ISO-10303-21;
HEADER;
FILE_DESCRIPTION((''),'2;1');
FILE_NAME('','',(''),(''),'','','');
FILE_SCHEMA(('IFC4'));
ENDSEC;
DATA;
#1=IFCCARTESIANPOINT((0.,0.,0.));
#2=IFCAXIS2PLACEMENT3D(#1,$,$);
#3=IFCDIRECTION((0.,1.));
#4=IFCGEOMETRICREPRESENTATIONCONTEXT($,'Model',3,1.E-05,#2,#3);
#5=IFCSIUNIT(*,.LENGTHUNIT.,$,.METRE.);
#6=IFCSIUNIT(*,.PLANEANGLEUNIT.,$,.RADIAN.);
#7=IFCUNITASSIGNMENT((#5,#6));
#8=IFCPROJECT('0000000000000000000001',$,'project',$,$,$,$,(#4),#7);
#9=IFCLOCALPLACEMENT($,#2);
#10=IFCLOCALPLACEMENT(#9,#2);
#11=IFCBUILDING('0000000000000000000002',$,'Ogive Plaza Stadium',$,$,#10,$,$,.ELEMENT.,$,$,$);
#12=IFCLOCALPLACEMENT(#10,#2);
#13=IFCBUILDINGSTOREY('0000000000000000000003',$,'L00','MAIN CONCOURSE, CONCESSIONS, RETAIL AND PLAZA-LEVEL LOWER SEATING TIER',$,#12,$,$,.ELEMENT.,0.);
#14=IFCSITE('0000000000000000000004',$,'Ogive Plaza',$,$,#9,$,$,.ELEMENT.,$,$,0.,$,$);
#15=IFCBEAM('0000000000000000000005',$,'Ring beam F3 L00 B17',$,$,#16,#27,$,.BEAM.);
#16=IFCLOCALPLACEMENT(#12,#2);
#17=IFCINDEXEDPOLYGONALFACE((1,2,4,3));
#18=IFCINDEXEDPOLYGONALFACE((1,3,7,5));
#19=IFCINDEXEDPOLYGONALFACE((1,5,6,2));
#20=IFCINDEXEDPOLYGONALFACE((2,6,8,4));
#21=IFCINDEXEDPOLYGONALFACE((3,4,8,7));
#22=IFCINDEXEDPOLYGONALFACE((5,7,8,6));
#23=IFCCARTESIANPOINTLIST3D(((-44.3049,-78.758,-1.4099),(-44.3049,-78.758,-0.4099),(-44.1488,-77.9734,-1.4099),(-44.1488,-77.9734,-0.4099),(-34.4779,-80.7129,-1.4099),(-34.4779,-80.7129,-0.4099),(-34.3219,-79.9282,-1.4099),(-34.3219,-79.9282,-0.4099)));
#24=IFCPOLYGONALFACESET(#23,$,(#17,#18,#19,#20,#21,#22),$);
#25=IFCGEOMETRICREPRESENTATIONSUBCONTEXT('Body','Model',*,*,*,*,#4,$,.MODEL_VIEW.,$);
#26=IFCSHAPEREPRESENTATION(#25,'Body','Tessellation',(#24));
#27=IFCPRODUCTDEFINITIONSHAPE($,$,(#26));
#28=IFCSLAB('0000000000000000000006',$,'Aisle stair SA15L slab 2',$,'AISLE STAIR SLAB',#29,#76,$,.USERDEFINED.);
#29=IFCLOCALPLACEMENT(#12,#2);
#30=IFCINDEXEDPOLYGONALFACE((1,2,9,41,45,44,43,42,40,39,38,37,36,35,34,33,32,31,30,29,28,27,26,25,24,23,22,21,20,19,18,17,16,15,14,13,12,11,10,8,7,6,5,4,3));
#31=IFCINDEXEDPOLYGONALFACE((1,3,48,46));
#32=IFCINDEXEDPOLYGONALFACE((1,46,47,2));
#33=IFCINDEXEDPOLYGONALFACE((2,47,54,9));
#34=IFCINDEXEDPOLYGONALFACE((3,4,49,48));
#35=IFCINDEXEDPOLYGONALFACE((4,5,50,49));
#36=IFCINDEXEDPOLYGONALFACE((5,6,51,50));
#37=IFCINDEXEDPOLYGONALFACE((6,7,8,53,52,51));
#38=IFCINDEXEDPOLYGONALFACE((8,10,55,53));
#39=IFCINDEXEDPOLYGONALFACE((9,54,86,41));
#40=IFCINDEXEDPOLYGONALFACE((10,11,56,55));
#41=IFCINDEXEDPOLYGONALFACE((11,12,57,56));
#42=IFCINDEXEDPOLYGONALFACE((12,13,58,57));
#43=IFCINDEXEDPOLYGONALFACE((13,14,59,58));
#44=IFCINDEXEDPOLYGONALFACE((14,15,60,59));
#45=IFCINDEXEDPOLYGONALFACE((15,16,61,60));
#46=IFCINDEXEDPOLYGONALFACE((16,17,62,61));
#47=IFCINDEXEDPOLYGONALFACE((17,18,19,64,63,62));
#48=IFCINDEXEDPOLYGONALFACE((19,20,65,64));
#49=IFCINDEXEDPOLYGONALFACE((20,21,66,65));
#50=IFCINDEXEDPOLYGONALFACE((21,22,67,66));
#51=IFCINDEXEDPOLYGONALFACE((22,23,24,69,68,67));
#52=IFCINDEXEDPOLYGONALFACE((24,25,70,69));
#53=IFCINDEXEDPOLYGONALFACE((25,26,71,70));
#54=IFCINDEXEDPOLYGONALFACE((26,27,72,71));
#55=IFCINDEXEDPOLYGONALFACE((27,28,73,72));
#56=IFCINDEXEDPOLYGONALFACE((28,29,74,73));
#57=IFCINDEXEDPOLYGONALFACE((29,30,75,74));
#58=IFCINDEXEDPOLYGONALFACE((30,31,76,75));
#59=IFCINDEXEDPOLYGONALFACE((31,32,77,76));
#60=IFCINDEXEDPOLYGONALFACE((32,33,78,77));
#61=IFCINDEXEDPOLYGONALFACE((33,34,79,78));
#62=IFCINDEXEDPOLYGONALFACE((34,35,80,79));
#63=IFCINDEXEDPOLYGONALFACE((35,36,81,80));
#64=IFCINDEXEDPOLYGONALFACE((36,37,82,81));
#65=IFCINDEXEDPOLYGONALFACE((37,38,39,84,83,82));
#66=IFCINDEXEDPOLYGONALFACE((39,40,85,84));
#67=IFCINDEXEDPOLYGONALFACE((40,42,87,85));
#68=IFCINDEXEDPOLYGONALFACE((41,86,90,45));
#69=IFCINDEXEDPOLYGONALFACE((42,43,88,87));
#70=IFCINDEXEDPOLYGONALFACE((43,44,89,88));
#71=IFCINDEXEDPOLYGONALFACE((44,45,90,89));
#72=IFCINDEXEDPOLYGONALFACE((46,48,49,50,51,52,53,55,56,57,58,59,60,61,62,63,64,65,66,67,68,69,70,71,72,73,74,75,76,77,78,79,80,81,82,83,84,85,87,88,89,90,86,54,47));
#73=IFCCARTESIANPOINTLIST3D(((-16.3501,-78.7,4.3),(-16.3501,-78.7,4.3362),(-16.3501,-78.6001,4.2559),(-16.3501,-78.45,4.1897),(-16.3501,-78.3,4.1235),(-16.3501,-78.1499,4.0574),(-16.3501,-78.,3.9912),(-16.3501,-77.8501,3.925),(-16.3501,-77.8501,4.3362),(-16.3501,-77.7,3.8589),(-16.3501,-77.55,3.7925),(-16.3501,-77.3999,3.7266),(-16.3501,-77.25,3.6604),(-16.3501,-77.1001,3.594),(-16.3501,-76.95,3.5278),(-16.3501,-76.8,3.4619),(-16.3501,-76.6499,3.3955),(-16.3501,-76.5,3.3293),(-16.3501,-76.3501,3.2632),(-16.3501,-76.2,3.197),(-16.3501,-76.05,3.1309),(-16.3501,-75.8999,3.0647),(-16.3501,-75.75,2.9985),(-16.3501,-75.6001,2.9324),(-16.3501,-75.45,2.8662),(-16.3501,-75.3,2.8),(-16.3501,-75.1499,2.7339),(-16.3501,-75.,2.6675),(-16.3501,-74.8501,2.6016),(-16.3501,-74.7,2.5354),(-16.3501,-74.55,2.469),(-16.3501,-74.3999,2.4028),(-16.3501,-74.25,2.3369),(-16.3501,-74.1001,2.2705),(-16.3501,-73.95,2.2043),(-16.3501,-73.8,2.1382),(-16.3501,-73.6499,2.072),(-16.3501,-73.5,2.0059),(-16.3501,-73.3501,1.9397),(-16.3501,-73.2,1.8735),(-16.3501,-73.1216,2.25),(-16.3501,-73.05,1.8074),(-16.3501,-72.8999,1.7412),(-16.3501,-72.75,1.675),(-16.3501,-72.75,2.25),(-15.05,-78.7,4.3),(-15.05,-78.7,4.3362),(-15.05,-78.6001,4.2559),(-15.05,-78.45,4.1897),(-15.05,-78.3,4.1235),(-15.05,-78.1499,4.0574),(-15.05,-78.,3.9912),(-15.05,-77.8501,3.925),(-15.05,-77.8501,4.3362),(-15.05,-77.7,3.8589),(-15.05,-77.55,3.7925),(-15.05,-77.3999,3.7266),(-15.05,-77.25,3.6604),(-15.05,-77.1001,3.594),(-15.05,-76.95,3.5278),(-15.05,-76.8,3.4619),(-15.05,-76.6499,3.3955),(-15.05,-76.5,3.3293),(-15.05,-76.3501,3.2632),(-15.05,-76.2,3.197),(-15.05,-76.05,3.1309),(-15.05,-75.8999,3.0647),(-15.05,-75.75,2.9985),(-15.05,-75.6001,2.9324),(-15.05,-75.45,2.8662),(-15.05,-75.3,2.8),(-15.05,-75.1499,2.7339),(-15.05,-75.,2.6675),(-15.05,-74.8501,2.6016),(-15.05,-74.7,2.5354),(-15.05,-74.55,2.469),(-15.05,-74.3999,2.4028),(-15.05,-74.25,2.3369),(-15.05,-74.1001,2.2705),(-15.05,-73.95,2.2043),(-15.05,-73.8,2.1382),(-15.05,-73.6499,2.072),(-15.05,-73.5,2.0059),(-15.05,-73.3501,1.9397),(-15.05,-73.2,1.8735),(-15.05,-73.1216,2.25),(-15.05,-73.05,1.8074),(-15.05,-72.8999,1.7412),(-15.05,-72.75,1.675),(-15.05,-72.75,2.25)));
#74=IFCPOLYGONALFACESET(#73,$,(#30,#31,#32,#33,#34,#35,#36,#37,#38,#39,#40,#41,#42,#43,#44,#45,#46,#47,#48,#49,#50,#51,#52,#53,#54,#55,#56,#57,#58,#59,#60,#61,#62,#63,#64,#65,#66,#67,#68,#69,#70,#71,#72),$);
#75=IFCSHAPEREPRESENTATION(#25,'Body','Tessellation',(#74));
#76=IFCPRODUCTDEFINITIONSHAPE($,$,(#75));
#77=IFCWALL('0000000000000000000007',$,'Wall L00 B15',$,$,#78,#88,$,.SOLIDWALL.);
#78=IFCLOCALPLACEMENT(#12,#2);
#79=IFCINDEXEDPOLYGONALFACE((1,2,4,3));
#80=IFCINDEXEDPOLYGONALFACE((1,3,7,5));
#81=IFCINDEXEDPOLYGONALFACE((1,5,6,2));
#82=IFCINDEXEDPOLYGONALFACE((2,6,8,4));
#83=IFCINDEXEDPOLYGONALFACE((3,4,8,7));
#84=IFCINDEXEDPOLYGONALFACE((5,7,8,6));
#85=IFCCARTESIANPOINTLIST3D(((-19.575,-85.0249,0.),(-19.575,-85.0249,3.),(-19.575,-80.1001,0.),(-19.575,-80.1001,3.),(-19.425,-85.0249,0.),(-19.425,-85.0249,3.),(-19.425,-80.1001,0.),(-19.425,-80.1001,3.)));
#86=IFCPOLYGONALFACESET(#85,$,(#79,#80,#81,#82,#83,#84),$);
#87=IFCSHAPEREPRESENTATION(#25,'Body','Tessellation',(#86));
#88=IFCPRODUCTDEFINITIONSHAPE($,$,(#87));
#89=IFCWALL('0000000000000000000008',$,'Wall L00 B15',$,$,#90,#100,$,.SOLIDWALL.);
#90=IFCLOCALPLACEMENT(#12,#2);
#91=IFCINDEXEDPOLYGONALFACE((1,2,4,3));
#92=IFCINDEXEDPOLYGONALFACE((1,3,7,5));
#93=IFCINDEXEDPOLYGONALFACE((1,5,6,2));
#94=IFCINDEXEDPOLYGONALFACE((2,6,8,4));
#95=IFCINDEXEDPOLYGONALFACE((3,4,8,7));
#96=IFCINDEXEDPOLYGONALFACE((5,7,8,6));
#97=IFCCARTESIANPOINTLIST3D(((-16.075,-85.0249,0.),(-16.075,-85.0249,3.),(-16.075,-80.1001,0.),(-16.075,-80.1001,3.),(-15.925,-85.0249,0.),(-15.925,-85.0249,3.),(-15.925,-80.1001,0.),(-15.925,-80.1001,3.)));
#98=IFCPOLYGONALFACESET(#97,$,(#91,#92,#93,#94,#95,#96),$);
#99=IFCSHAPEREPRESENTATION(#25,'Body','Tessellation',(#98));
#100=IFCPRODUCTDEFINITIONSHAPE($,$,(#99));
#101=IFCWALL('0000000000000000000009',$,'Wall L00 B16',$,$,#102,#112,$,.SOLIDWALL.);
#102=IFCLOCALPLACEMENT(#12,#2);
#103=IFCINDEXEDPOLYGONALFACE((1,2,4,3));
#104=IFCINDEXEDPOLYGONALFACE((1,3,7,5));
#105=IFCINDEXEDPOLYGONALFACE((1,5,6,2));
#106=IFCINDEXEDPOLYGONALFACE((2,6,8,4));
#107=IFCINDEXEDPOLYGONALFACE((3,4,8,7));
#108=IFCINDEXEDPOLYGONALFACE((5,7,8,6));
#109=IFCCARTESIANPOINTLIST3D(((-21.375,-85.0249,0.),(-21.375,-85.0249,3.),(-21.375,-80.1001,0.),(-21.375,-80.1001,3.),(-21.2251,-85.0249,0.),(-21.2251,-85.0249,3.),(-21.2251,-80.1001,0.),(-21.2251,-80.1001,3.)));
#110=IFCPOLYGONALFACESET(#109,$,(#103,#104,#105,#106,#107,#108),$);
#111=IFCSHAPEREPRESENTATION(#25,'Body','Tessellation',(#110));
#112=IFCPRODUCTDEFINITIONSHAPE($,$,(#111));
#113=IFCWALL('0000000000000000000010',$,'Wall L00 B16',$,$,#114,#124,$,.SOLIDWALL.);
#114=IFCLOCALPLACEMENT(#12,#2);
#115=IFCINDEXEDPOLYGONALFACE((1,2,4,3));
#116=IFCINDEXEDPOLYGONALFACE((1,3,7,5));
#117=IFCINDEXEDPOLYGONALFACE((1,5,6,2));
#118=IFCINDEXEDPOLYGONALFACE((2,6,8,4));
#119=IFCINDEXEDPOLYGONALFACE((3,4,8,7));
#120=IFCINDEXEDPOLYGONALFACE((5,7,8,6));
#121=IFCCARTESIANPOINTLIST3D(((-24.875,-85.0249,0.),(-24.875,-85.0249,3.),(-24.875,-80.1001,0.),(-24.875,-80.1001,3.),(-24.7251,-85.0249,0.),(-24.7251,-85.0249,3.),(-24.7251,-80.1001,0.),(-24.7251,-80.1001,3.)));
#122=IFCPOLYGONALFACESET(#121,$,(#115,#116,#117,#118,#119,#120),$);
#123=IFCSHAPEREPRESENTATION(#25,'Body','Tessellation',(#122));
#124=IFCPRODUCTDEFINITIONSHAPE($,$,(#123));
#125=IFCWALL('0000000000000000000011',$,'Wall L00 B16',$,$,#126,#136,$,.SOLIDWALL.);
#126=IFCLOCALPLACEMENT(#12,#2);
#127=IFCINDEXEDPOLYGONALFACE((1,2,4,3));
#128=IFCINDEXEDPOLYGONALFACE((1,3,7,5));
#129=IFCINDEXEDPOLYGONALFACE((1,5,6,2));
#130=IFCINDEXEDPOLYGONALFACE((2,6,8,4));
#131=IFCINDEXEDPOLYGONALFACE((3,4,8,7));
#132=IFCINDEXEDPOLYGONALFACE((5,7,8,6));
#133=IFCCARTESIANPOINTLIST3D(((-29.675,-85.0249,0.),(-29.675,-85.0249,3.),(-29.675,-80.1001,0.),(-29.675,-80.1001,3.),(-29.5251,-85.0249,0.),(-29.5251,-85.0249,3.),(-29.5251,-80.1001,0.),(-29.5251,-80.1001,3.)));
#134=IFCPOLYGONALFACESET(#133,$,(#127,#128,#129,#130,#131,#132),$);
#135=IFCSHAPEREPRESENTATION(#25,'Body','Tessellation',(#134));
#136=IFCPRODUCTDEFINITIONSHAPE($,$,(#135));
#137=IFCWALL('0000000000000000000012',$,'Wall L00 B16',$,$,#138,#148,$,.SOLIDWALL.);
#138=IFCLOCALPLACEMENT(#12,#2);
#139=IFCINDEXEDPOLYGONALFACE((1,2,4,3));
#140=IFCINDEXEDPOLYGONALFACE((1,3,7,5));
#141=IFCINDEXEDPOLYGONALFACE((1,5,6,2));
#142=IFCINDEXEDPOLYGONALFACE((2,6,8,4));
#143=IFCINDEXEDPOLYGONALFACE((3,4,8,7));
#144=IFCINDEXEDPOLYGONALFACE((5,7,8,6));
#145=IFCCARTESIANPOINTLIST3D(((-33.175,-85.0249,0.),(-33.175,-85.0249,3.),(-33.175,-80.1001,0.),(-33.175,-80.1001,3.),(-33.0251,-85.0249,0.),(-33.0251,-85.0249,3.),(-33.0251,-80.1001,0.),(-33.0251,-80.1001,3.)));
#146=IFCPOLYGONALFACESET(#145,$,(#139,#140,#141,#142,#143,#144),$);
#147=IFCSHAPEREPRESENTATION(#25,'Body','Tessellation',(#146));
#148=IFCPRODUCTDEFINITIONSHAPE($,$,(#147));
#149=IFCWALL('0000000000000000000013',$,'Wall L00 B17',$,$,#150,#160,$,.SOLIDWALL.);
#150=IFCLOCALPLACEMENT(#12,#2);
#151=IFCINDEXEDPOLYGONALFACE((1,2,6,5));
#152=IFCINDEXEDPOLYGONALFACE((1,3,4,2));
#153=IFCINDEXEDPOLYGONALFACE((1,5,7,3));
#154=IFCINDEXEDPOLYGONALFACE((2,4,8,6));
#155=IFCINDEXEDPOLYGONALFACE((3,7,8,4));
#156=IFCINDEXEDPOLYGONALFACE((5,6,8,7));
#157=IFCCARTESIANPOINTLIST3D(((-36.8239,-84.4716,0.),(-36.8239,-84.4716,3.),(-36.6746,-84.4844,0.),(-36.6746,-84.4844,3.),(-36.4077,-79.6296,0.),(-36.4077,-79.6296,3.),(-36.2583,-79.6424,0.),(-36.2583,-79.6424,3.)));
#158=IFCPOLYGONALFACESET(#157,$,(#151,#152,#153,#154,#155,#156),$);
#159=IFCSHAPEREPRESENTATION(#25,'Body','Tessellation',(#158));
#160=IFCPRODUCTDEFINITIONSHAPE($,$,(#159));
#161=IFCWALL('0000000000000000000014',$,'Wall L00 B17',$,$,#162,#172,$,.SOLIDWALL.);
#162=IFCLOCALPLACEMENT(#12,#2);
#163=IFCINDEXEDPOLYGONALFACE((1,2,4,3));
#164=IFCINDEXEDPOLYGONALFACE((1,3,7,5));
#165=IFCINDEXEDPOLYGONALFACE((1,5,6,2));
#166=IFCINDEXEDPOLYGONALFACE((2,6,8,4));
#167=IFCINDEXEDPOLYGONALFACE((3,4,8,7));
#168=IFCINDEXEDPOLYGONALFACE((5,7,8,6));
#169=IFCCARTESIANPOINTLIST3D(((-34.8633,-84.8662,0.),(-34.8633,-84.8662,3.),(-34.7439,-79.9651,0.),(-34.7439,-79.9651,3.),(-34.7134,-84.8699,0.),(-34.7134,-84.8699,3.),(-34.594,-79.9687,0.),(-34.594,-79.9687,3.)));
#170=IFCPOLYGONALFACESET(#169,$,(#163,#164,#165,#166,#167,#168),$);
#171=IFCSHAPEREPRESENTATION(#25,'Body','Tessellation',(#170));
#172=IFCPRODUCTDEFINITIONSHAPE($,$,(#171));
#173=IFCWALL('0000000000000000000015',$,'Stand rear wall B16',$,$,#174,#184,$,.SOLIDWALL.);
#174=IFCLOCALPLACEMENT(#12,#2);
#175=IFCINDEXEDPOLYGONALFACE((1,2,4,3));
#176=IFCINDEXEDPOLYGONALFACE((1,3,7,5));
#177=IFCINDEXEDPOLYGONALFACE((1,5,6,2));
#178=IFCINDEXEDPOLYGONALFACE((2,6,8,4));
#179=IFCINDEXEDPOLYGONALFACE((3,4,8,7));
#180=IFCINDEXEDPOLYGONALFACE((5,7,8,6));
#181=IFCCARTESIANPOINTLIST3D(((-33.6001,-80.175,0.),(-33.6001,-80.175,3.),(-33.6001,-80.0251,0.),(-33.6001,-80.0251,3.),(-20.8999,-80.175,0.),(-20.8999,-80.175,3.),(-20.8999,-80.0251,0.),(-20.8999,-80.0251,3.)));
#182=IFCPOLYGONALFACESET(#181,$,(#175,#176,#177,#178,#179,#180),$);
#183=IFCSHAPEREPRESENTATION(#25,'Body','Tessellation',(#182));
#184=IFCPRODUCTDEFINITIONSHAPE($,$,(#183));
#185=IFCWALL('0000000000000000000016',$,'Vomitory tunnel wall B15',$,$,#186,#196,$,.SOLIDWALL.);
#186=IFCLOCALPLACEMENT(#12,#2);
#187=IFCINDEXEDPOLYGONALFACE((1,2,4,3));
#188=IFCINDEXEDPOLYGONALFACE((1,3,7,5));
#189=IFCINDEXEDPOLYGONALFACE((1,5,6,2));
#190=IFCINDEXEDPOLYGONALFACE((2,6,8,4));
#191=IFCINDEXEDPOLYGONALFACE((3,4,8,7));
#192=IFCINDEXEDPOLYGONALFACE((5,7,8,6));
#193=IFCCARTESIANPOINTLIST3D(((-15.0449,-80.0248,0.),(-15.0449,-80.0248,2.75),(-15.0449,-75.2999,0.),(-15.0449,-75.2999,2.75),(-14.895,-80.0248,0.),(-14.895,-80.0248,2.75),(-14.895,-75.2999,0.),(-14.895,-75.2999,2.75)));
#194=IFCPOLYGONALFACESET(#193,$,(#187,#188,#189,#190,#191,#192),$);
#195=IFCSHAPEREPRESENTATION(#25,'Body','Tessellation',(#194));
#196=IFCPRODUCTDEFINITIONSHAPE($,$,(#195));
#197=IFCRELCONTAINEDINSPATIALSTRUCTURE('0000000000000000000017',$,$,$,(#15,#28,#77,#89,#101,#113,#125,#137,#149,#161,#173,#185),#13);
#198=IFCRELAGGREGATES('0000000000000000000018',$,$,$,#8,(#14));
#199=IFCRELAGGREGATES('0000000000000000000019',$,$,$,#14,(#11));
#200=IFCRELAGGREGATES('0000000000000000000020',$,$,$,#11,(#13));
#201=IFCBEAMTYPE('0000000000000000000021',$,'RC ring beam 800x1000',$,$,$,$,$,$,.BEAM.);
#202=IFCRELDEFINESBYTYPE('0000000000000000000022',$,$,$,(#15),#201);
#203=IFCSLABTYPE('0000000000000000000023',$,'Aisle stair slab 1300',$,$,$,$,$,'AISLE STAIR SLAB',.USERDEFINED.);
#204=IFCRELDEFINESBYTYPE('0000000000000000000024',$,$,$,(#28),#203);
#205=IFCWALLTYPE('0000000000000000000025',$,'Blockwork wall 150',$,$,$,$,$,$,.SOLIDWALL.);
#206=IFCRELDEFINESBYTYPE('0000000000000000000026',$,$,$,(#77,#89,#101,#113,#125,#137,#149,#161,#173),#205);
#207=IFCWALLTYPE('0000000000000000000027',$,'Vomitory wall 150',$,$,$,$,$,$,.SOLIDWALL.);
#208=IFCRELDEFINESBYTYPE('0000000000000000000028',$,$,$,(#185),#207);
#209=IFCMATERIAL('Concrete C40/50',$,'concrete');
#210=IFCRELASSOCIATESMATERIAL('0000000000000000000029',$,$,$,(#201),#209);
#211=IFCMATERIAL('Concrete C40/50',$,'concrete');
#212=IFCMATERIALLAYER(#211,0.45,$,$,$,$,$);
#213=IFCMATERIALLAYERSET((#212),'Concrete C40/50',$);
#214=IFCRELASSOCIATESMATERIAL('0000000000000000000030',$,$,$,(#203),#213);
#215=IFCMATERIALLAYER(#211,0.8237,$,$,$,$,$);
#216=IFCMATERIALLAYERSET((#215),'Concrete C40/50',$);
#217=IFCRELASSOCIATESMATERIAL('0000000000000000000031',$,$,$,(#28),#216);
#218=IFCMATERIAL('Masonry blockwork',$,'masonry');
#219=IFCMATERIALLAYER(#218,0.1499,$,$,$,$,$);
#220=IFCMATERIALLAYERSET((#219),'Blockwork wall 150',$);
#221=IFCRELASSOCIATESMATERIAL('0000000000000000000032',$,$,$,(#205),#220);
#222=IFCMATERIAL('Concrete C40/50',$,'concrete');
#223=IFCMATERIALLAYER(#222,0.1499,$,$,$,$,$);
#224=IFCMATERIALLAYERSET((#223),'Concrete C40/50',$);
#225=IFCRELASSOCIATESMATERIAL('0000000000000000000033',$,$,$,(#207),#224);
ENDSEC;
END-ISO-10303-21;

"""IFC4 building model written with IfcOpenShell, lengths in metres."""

from ifc_helpers import new_model, si_unit, direction, frame, frame_2d, origin, origin_2d, place, context, subcontext, project, spatial, polyline, rectangle, outline, extrude, material, layer, layer_set, material_profile, profile_set, type_object, element, save


model = new_model("IFC4")

# Units and contexts
model_context = context("Model", 3, precision=1e-05, world=origin(), true_north=direction((0.0, 1.0)))
body_context = subcontext(model_context, "Body", "Model", "MODEL_VIEW")
ifc_project = project(units=[si_unit("LENGTHUNIT", "METRE"), si_unit("PLANEANGLEUNIT", "RADIAN")], contexts=[model_context])

# Site, building, storey
site_placement = place(None, origin())
site = spatial("IfcSite", under=ifc_project, at=site_placement, Name="Ogive Plaza", CompositionType="ELEMENT", RefElevation=0.0)
building_placement = place(site_placement, origin())
building = spatial("IfcBuilding", under=site, at=building_placement, Name="Ogive Plaza Stadium", CompositionType="ELEMENT")
storey_placement = place(building_placement, origin())
storey = spatial("IfcBuildingStorey", under=building, at=storey_placement, Name="L00", Description="MAIN CONCOURSE, CONCESSIONS, RETAIL AND PLAZA-LEVEL LOWER SEATING TIER", CompositionType="ELEMENT", Elevation=0.0)

# Beam
ifc_material_1 = material(Name="Concrete C40/50", Category="concrete")
ifc_material_profile = material_profile(ifc_material_1, rectangle(XDim=0.8, YDim=1.0, at=origin_2d()), Name="RC 800x1000")
ifc_profile_set = profile_set([ifc_material_profile], Name="Concrete C40/50")
beam_type = type_object("IfcBeamType", Name="RC ring beam 800x1000", PredefinedType="BEAM", material=ifc_profile_set)
beam_placement = place(storey_placement, frame((-34.3999, -80.3206, -0.9099), z_axis=(-0.980783, 0.195104, 0.0), x_axis=(-0.195104, -0.980783, 0.0)))
element("IfcBeam", 1, at=beam_placement, inside=storey, type_object=beam_type, Name="Ring beam F3 L00 B17", PredefinedType="BEAM", context=body_context, shape_type="SweptSolid", body=[
    extrude(rectangle(XDim=0.8, YDim=1.0, at=origin_2d()), origin(), (0.0, 0.0, 1.0), 10.0195),
])

# Slab
ifc_material_2 = material(Name="Concrete C40/50", Category="concrete")
ifc_layer_1 = layer(ifc_material_2, 0.8237)
ifc_layer_set_1 = layer_set([ifc_layer_1], Name="Concrete C40/50")
ifc_layer_2 = layer(ifc_material_2, 0.45)
ifc_layer_set_2 = layer_set([ifc_layer_2], Name="Concrete C40/50")
slab_type = type_object("IfcSlabType", Name="Aisle stair slab 1300", ElementType="AISLE STAIR SLAB", PredefinedType="USERDEFINED", material=ifc_layer_set_2)
slab_1_placement = place(storey_placement, frame((-15.7, -72.75, 0.0), z_axis=(0.0, 0.0, 1.0), x_axis=(0.0, -1.0, 0.0)))
element("IfcSlab", 2, at=slab_1_placement, inside=storey, type_object=slab_type, material=ifc_layer_set_1, Name="Aisle stair SA15L slab 2", ObjectType="AISLE STAIR SLAB", PredefinedType="USERDEFINED", context=body_context, shape_type="SweptSolid", body=[
    extrude(outline(polyline([(0.0, 2.25), (0.3716, 2.25), (5.1001, 4.3362), (5.95, 4.3362), (5.95, 4.3), (5.8501, 4.2559), (5.7, 4.1897), (5.55, 4.1235), (5.3999, 4.0574), (5.25, 3.9912), (5.1001, 3.925), (4.95, 3.8589), (4.8, 3.7925), (4.6499, 3.7266), (4.5, 3.6604), (4.3501, 3.594), (4.2, 3.5278), (4.05, 3.4619), (3.8999, 3.3955), (3.75, 3.3293), (3.6001, 3.2632), (3.45, 3.197), (3.3, 3.1309), (3.1499, 3.0647), (3.0, 2.9985), (2.8501, 2.9324), (2.7, 2.8662), (2.55, 2.8), (2.3999, 2.7339), (2.25, 2.6675), (2.1001, 2.6016), (1.95, 2.5354), (1.8, 2.469), (1.6499, 2.4028), (1.5, 2.3369), (1.3501, 2.2705), (1.2, 2.2043), (1.05, 2.1382), (0.8999, 2.072), (0.75, 2.0059), (0.6001, 1.9397), (0.45, 1.8735), (0.3, 1.8074), (0.1499, 1.7412), (0.0, 1.675), (0.0, 2.25)])), frame((0.0, 0.6499, 0.0), z_axis=(0.0, -1.0, 0.0), x_axis=(1.0, 0.0, 0.0)), (0.0, 0.0, 1.0), 1.3),
])

# Walls
ifc_material_3 = material(Name="Masonry blockwork", Category="masonry")
ifc_layer_3 = layer(ifc_material_3, 0.1499)
ifc_layer_set_3 = layer_set([ifc_layer_3], Name="Blockwork wall 150")
wall_type_1 = type_object("IfcWallType", Name="Blockwork wall 150", PredefinedType="SOLIDWALL", material=ifc_layer_set_3)
for number, where, z_axis, x_axis, name in (
    (3, (-19.5, -80.1001, 0.0), (0.0, 0.0, 1.0), (0.0, -1.0, 0.0), "Wall L00 B15"),
    (4, (-16.0, -80.1001, 0.0), (0.0, 0.0, 1.0), (0.0, -1.0, 0.0), "Wall L00 B15"),
    (5, (-21.3, -80.1001, 0.0), (0.0, 0.0, 1.0), (0.0, -1.0, 0.0), "Wall L00 B16"),
    (6, (-24.8, -80.1001, 0.0), (0.0, 0.0, 1.0), (0.0, -1.0, 0.0), "Wall L00 B16"),
    (7, (-29.6001, -80.1001, 0.0), (0.0, 0.0, 1.0), (0.0, -1.0, 0.0), "Wall L00 B16"),
    (8, (-33.1001, -80.1001, 0.0), (0.0, 0.0, 1.0), (0.0, -1.0, 0.0), "Wall L00 B16"),
):
    element("IfcWall", number, at=place(storey_placement, frame(where, z_axis=z_axis, x_axis=x_axis)), inside=storey, type_object=wall_type_1, Name=name, PredefinedType="SOLIDWALL", context=body_context, shape_type="SweptSolid", body=[
        extrude(rectangle(XDim=4.9248, YDim=0.1499, at=frame_2d((2.4624, 0.0))), origin(), (0.0, 0.0, 1.0), 3.0),
    ])
wall_1_placement = place(storey_placement, frame((-36.333, -79.636, 0.0), z_axis=(0.0, 0.0, 1.0), x_axis=(-0.085652, -0.996325, 0.0)))
element("IfcWall", 9, at=wall_1_placement, inside=storey, type_object=wall_type_1, Name="Wall L00 B17", PredefinedType="SOLIDWALL", context=body_context, shape_type="SweptSolid", body=[
    extrude(rectangle(XDim=4.8599, YDim=0.1499, at=frame_2d((2.4299, 0.0))), origin(), (0.0, 0.0, 1.0), 3.0),
])
wall_2_placement = place(storey_placement, frame((-34.6689, -79.967, 0.0), z_axis=(0.0, 0.0, 1.0), x_axis=(-0.024351, -0.999703, 0.0)))
element("IfcWall", 10, at=wall_2_placement, inside=storey, type_object=wall_type_1, Name="Wall L00 B17", PredefinedType="SOLIDWALL", context=body_context, shape_type="SweptSolid", body=[
    extrude(rectangle(XDim=4.9026, YDim=0.1499, at=frame_2d((2.4512, 0.0))), origin(), (0.0, 0.0, 1.0), 3.0),
])
wall_3_placement = place(storey_placement, frame((-20.8999, -80.1001, 0.0), z_axis=(0.0, 0.0, 1.0), x_axis=(-1.0, 0.0, 0.0)))
element("IfcWall", 11, at=wall_3_placement, inside=storey, type_object=wall_type_1, Name="Stand rear wall B16", PredefinedType="SOLIDWALL", context=body_context, shape_type="SweptSolid", body=[
    extrude(rectangle(XDim=12.7002, YDim=0.1499, at=frame_2d((6.3501, 0.0))), origin(), (0.0, 0.0, 1.0), 3.0),
])

# Wall
ifc_material_4 = material(Name="Concrete C40/50", Category="concrete")
ifc_layer_4 = layer(ifc_material_4, 0.1499)
ifc_layer_set_4 = layer_set([ifc_layer_4], Name="Concrete C40/50")
wall_type_2 = type_object("IfcWallType", Name="Vomitory wall 150", PredefinedType="SOLIDWALL", material=ifc_layer_set_4)
for number, where, z_axis, x_axis, name in (
    (12, (-14.97, -75.3, 0.0), (0.0, 0.0, 1.0), (0.0, -1.0, 0.0), "Vomitory tunnel wall B15"),
):
    element("IfcWall", number, at=place(storey_placement, frame(where, z_axis=z_axis, x_axis=x_axis)), inside=storey, type_object=wall_type_2, Name=name, PredefinedType="SOLIDWALL", context=body_context, shape_type="SweptSolid", body=[
        extrude(rectangle(XDim=4.7249, YDim=0.1499, at=frame_2d((2.3623, 0.0))), origin(), (0.0, 0.0, 1.0), 2.75),
    ])

save(model, "model.ifc")
